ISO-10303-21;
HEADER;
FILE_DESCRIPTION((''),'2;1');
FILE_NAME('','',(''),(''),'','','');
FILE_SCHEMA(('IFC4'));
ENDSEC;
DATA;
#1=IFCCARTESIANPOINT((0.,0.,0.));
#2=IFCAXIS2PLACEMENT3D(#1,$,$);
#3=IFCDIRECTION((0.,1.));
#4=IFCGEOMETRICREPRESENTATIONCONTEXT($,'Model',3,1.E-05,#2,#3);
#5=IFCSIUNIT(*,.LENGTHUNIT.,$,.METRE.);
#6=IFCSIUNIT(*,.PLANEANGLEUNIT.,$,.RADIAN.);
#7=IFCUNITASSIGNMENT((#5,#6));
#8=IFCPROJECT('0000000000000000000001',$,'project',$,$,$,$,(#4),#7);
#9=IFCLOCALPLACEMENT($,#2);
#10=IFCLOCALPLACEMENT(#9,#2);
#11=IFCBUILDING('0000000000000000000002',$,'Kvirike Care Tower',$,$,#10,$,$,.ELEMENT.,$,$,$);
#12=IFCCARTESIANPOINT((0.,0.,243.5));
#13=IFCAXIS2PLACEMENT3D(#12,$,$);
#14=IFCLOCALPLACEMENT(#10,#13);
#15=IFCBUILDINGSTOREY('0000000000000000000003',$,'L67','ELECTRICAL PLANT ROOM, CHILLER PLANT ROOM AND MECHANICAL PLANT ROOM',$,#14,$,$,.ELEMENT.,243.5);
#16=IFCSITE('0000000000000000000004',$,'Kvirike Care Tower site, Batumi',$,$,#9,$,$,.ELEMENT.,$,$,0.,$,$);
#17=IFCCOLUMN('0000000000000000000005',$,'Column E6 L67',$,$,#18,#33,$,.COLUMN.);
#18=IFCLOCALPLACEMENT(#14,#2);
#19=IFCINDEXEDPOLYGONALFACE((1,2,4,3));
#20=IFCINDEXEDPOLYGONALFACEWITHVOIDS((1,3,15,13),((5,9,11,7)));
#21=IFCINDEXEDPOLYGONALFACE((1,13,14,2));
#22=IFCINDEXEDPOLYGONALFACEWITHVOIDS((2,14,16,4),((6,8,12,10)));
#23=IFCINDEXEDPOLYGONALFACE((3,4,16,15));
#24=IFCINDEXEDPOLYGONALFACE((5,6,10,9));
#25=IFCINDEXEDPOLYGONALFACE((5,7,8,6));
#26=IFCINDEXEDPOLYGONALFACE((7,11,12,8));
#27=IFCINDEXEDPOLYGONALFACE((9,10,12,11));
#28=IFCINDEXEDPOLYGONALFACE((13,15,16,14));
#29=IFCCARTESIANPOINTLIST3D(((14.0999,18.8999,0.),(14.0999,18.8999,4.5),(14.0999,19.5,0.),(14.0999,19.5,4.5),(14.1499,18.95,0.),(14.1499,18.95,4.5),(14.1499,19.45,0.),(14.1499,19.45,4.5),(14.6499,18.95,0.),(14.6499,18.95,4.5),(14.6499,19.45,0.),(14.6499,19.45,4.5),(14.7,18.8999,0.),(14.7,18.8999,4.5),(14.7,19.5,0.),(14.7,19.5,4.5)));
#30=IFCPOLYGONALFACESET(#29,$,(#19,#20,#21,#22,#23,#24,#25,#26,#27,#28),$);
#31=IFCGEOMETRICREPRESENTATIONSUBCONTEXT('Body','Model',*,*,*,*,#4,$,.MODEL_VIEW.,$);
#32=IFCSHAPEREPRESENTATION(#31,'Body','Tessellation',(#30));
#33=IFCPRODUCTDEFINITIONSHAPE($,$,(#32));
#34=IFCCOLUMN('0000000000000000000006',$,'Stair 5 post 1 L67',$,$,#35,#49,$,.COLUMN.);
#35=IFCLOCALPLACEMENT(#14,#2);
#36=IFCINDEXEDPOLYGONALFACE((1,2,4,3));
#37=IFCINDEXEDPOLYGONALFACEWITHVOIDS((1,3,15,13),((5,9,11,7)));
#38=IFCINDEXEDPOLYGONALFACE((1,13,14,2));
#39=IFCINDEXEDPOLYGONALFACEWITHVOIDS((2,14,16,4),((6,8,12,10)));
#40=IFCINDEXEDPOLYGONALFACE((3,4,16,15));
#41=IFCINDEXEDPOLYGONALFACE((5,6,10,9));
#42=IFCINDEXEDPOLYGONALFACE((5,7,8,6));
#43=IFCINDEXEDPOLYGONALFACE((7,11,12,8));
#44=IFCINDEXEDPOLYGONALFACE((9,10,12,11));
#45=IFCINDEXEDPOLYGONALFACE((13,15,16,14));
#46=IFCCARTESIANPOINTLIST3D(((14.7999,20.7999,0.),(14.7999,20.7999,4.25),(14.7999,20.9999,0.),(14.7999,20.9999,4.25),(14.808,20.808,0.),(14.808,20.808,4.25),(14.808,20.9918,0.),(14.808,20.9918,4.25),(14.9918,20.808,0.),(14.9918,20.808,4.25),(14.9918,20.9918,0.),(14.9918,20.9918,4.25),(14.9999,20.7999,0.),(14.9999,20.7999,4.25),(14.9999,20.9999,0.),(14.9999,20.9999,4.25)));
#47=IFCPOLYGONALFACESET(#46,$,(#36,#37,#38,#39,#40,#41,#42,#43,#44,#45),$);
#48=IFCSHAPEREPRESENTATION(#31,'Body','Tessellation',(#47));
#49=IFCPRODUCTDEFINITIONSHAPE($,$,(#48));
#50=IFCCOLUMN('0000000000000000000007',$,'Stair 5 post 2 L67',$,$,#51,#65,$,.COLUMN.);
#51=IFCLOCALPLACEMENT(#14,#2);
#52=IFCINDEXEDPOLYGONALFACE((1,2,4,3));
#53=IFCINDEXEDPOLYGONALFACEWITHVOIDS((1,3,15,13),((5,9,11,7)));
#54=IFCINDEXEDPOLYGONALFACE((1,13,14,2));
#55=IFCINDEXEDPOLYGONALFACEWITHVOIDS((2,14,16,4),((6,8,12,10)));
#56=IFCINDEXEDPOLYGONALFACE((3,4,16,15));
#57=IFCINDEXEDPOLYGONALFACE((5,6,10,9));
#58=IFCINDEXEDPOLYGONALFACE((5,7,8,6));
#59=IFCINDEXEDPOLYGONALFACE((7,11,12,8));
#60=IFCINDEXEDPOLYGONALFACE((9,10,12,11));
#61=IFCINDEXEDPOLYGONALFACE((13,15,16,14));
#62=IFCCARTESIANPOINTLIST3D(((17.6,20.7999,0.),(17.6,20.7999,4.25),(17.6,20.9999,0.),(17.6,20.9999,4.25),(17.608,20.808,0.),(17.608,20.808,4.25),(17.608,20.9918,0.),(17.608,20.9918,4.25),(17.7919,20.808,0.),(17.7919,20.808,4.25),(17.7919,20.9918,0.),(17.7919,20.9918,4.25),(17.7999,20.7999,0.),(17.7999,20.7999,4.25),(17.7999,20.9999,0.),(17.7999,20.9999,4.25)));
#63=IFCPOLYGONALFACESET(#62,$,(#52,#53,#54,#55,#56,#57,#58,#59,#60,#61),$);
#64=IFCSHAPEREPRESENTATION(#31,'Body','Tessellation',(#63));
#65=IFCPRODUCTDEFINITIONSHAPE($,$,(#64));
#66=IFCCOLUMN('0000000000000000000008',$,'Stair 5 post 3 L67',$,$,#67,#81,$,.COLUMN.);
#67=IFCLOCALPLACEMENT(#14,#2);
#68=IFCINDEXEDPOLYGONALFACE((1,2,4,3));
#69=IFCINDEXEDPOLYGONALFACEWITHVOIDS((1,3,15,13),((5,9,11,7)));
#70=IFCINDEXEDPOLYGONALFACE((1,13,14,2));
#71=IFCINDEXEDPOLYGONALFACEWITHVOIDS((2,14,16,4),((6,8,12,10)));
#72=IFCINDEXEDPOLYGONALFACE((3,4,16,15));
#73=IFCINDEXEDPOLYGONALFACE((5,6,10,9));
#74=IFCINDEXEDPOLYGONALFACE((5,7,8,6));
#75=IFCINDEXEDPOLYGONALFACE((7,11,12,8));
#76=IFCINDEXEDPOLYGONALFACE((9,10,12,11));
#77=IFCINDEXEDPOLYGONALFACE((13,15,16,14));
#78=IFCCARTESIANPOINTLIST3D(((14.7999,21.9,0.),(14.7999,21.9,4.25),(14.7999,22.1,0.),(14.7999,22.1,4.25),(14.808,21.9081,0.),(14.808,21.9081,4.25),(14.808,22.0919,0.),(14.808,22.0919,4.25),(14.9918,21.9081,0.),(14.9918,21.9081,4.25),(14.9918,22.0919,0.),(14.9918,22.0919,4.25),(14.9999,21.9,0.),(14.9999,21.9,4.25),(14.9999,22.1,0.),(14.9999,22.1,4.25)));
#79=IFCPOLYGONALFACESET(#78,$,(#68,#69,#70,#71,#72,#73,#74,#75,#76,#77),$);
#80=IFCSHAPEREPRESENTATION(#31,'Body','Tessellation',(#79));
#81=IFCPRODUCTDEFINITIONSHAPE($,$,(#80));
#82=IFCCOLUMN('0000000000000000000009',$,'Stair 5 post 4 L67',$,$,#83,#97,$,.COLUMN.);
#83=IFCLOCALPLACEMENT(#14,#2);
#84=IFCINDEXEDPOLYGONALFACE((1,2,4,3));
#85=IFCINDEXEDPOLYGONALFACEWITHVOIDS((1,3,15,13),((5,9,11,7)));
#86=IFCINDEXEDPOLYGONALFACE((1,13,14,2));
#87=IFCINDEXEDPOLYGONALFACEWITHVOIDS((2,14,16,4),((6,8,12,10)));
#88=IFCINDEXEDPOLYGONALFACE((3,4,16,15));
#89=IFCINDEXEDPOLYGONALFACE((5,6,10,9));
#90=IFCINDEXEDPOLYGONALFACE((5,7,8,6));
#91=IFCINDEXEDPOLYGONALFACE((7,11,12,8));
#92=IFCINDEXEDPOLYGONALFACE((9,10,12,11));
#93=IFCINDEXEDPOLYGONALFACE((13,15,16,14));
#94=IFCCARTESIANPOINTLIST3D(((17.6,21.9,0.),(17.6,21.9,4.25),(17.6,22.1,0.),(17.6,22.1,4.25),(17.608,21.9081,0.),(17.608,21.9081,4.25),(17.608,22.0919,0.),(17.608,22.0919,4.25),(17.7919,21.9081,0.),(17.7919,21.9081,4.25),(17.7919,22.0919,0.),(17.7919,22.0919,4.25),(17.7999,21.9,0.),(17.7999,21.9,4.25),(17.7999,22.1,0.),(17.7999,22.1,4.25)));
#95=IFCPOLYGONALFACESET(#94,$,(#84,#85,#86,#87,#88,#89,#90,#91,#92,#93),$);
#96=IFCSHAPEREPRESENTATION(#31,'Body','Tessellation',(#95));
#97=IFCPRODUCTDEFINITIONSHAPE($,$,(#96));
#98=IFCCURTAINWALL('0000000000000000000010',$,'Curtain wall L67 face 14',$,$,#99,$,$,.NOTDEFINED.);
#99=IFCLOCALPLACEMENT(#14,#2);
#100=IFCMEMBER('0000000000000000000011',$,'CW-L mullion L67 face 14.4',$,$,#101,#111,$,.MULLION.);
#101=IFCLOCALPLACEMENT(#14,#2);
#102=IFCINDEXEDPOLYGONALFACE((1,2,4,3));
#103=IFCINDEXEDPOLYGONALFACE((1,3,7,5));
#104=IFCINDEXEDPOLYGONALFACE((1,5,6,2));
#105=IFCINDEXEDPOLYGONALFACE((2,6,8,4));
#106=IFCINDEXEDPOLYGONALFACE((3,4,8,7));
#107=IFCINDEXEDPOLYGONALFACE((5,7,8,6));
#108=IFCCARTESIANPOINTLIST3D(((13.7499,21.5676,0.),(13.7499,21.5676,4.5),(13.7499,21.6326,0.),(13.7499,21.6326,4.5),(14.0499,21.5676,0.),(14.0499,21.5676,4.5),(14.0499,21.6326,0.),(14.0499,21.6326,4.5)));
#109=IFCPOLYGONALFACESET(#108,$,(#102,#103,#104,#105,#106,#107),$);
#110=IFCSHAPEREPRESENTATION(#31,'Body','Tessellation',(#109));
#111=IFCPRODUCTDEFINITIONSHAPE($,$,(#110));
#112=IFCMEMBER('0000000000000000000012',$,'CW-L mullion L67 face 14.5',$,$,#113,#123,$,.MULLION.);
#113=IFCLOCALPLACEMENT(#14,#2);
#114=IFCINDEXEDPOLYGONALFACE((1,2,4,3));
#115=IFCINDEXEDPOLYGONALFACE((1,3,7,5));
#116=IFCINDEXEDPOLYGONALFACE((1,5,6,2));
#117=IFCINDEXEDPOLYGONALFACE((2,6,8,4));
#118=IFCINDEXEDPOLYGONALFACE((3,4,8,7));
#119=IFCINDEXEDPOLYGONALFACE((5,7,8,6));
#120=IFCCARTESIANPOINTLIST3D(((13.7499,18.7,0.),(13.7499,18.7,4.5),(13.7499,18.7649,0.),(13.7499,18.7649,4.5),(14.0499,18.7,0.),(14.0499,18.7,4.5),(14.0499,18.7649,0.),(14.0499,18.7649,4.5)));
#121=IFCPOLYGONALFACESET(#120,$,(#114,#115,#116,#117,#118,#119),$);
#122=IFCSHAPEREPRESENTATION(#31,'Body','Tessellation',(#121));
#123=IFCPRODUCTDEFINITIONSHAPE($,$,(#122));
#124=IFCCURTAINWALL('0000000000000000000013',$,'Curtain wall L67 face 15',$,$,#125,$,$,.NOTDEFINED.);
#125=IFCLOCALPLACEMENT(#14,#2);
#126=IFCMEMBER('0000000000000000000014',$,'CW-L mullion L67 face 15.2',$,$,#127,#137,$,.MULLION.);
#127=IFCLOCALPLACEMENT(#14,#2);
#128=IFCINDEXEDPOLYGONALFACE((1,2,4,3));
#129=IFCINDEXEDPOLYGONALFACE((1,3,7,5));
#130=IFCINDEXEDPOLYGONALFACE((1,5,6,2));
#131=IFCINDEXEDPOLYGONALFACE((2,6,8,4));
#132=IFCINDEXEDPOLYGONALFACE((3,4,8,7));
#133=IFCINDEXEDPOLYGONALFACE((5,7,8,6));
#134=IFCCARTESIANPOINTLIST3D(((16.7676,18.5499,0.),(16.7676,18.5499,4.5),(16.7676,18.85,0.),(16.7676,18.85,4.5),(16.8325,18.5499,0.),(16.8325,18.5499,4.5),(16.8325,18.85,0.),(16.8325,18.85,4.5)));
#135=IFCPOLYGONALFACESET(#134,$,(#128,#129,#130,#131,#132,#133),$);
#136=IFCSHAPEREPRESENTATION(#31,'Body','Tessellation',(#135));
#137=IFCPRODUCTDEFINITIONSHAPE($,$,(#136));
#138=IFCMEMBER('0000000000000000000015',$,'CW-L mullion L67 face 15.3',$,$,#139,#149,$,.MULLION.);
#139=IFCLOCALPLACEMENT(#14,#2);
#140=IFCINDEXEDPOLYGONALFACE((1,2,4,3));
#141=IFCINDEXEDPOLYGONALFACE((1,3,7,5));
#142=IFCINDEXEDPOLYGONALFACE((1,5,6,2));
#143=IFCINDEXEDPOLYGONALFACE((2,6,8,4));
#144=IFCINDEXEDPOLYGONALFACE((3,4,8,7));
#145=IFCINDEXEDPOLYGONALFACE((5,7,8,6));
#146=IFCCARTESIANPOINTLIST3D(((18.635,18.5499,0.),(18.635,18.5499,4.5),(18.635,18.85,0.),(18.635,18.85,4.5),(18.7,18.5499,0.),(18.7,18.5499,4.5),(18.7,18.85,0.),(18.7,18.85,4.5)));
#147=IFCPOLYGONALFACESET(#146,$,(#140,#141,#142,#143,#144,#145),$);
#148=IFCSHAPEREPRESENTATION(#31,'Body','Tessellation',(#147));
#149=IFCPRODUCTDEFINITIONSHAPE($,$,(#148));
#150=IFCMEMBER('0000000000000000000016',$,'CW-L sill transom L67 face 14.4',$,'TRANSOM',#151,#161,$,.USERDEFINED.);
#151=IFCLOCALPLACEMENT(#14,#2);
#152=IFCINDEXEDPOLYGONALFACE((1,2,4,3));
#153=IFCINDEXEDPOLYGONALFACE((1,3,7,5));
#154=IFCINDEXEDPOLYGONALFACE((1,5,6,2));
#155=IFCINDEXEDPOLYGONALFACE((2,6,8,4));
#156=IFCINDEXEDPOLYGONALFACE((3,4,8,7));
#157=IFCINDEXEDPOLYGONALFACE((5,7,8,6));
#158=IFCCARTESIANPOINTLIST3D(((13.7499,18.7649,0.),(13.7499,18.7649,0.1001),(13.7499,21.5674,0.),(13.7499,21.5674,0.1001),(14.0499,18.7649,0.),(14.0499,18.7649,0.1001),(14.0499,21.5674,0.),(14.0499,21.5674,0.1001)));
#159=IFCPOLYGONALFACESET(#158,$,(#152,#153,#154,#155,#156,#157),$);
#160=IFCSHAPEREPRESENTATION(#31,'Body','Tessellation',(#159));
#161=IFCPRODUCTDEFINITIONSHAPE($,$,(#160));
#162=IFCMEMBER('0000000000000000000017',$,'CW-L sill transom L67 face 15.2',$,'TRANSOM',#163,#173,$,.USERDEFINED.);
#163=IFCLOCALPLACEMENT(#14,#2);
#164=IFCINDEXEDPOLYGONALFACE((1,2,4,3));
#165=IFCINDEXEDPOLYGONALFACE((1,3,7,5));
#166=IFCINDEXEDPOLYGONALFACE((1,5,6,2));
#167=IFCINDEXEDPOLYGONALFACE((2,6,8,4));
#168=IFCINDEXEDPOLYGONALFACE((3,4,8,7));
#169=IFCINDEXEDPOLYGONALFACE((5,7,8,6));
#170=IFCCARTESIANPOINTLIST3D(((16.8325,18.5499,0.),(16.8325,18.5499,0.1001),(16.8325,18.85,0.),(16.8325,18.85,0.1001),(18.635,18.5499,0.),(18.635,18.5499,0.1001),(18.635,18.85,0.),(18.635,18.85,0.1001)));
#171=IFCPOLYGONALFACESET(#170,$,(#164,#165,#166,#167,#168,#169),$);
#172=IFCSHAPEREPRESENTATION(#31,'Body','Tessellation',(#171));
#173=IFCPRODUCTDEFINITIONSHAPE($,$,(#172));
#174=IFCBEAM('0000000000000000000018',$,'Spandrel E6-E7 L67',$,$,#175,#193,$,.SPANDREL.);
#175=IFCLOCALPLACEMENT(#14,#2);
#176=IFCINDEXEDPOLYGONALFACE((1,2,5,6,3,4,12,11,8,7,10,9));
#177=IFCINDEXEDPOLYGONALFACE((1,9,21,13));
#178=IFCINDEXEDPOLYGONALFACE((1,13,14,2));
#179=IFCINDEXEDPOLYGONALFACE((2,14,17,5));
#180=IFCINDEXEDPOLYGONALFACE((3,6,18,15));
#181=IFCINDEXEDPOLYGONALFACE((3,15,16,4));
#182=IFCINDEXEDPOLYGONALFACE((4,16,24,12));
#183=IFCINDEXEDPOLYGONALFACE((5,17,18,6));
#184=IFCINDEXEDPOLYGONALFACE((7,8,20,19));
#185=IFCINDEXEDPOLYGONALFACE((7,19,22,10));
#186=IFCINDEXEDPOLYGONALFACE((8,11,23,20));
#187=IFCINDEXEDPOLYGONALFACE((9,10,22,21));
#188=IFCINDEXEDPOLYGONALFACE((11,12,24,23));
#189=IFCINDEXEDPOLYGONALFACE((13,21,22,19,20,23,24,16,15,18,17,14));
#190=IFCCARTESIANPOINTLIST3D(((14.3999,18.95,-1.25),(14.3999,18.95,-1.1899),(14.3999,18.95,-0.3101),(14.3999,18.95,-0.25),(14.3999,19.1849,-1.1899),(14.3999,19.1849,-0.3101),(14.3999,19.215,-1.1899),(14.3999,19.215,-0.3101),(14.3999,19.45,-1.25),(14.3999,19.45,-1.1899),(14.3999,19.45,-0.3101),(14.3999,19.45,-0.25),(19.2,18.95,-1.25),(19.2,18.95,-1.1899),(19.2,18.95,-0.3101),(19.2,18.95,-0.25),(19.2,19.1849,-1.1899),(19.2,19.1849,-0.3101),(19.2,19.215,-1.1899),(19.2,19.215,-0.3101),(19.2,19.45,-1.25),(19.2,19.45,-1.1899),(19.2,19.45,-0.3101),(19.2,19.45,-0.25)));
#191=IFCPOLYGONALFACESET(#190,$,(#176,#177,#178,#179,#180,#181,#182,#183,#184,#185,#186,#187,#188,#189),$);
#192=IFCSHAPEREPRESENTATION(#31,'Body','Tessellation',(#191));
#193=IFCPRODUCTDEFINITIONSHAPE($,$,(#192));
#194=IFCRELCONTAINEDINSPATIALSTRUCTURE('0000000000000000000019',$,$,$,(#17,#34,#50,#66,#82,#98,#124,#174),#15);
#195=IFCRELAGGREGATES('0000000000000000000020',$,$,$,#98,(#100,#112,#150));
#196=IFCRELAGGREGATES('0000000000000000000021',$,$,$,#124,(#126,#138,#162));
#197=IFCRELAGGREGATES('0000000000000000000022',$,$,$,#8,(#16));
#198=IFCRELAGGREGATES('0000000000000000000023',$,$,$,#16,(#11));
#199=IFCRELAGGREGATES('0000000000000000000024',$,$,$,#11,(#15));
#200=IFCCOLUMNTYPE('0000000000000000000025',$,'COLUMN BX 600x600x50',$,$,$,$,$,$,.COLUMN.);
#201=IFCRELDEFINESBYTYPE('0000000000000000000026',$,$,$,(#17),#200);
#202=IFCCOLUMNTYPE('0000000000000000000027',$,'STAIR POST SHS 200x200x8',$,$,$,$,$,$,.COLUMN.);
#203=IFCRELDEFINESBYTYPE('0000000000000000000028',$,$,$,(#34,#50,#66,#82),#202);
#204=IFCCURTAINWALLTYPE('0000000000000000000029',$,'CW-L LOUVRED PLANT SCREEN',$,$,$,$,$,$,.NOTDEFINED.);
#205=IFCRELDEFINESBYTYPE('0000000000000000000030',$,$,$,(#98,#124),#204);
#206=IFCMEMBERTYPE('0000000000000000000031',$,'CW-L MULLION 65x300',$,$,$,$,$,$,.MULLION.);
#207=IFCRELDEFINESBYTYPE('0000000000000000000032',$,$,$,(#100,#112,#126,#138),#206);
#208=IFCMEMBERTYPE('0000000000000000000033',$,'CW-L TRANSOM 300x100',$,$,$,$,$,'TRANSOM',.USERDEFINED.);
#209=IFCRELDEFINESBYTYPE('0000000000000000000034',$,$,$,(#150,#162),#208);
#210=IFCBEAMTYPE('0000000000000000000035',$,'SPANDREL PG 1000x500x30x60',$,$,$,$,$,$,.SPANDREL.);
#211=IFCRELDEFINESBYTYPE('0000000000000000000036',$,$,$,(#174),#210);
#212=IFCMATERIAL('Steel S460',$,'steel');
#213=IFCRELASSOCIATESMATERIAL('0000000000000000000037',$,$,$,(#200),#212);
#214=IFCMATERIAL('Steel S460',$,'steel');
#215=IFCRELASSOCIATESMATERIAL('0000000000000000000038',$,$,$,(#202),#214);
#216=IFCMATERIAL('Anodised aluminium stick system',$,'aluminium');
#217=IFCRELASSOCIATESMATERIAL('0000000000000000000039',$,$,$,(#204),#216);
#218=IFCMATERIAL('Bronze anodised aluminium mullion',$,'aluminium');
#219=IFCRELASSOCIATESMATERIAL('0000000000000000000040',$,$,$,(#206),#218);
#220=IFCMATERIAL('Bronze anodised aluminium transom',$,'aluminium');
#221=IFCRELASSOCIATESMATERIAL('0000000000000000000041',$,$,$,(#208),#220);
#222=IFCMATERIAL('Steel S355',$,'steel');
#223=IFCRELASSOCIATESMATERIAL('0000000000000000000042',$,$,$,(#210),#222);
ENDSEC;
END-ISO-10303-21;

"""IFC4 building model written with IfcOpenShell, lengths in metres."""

from ifc_helpers import new_model, si_unit, direction, frame, origin, origin_2d, place, context, subcontext, project, spatial, rectangle, hollow_rectangle, i_section, extrude, material, material_profile, profile_set, type_object, element, aggregate, save


model = new_model("IFC4")

# Units and contexts
model_context = context("Model", 3, precision=1e-05, world=origin(), true_north=direction((0.0, 1.0)))
body_context = subcontext(model_context, "Body", "Model", "MODEL_VIEW")
ifc_project = project(units=[si_unit("LENGTHUNIT", "METRE"), si_unit("PLANEANGLEUNIT", "RADIAN")], contexts=[model_context])

# Site, building, storey
site_placement = place(None, origin())
site = spatial("IfcSite", under=ifc_project, at=site_placement, Name="Kvirike Care Tower site, Batumi", CompositionType="ELEMENT", RefElevation=0.0)
building_placement = place(site_placement, origin())
building = spatial("IfcBuilding", under=site, at=building_placement, Name="Kvirike Care Tower", CompositionType="ELEMENT")
storey_placement = place(building_placement, frame((0.0, 0.0, 243.5)))
storey = spatial("IfcBuildingStorey", under=building, at=storey_placement, Name="L67", Description="ELECTRICAL PLANT ROOM, CHILLER PLANT ROOM AND MECHANICAL PLANT ROOM", CompositionType="ELEMENT", Elevation=243.5)

# Columns
ifc_material_1 = material(Name="Steel S460", Category="steel")
ifc_material_profile_1 = material_profile(ifc_material_1, hollow_rectangle(XDim=0.6001, YDim=0.6001, WallThickness=0.05, at=origin_2d()), Name="BX 600x600x50")
ifc_profile_set_1 = profile_set([ifc_material_profile_1], Name="Steel S460")
column_type_1 = type_object("IfcColumnType", Name="COLUMN BX 600x600x50", PredefinedType="COLUMN", material=ifc_profile_set_1)
column_placement = place(storey_placement, frame((14.3999, 19.2, 0.0), z_axis=(0.0, 0.0, 1.0), x_axis=(0.0, 1.0, 0.0)))
element("IfcColumn", 1, at=column_placement, inside=storey, type_object=column_type_1, Name="Column E6 L67", PredefinedType="COLUMN", context=body_context, shape_type="SweptSolid", body=[
    extrude(hollow_rectangle(XDim=0.6001, YDim=0.6001, WallThickness=0.05, at=origin_2d()), origin(), (0.0, 0.0, 1.0), 4.5),
])
ifc_material_2 = material(Name="Steel S460", Category="steel")
ifc_material_profile_2 = material_profile(ifc_material_2, hollow_rectangle(XDim=0.2, YDim=0.2, WallThickness=0.0081, at=origin_2d()), Name="SHS 200x200x8")
ifc_profile_set_2 = profile_set([ifc_material_profile_2], Name="Steel S460")
column_type_2 = type_object("IfcColumnType", Name="STAIR POST SHS 200x200x8", PredefinedType="COLUMN", material=ifc_profile_set_2)
for number, where, z_axis, x_axis, name in (
    (2, (14.8999, 20.8999, 0.0), (0.0, 0.0, 1.0), (1.0, 0.0, 0.0), "Stair 5 post 1 L67"),
    (3, (17.7, 20.8999, 0.0), (0.0, 0.0, 1.0), (1.0, 0.0, 0.0), "Stair 5 post 2 L67"),
    (4, (14.8999, 22.0, 0.0), (0.0, 0.0, 1.0), (1.0, 0.0, 0.0), "Stair 5 post 3 L67"),
    (5, (17.7, 22.0, 0.0), (0.0, 0.0, 1.0), (1.0, 0.0, 0.0), "Stair 5 post 4 L67"),
):
    element("IfcColumn", number, at=place(storey_placement, frame(where, z_axis=z_axis, x_axis=x_axis)), inside=storey, type_object=column_type_2, Name=name, PredefinedType="COLUMN", context=body_context, shape_type="SweptSolid", body=[
        extrude(hollow_rectangle(XDim=0.2, YDim=0.2, WallThickness=0.0081, at=origin_2d()), origin(), (0.0, 0.0, 1.0), 4.25),
    ])

# Curtain walls, members
ifc_material_3 = material(Name="Anodised aluminium stick system", Category="aluminium")
curtain_wall_type = type_object("IfcCurtainWallType", Name="CW-L LOUVRED PLANT SCREEN", PredefinedType="NOTDEFINED", material=ifc_material_3)
curtain_wall_1_placement = place(storey_placement, origin())
curtain_wall_1 = element("IfcCurtainWall", 6, at=curtain_wall_1_placement, inside=storey, type_object=curtain_wall_type, Name="Curtain wall L67 face 14", PredefinedType="NOTDEFINED")
ifc_material_4 = material(Name="Bronze anodised aluminium mullion", Category="aluminium")
ifc_material_profile_3 = material_profile(ifc_material_4, rectangle(XDim=0.0649, YDim=0.3, at=origin_2d()), Name="CW-L MULLION 65x300")
ifc_profile_set_3 = profile_set([ifc_material_profile_3], Name="Bronze anodised aluminium mullion")
member_type_1 = type_object("IfcMemberType", Name="CW-L MULLION 65x300", PredefinedType="MULLION", material=ifc_profile_set_3)
member_1_placement = place(storey_placement, frame((13.8999, 21.6001, 0.0), z_axis=(0.0, 0.0, 1.0), x_axis=(0.0, -1.0, 0.0)))
member_1 = element("IfcMember", 7, at=member_1_placement, type_object=member_type_1, Name="CW-L mullion L67 face 14.4", PredefinedType="MULLION", context=body_context, shape_type="SweptSolid", body=[
    extrude(rectangle(XDim=0.0649, YDim=0.3, at=origin_2d()), origin(), (0.0, 0.0, 1.0), 4.5),
])
member_2_placement = place(storey_placement, frame((13.8999, 18.7324, 0.0), z_axis=(0.0, 0.0, 1.0), x_axis=(0.0, -1.0, 0.0)))
member_2 = element("IfcMember", 8, at=member_2_placement, type_object=member_type_1, Name="CW-L mullion L67 face 14.5", PredefinedType="MULLION", context=body_context, shape_type="SweptSolid", body=[
    extrude(rectangle(XDim=0.0649, YDim=0.3, at=origin_2d()), origin(), (0.0, 0.0, 1.0), 4.5),
])
curtain_wall_2_placement = place(storey_placement, origin())
curtain_wall_2 = element("IfcCurtainWall", 9, at=curtain_wall_2_placement, inside=storey, type_object=curtain_wall_type, Name="Curtain wall L67 face 15", PredefinedType="NOTDEFINED")
member_3_placement = place(storey_placement, frame((16.8, 18.7, 0.0), z_axis=(0.0, 0.0, 1.0), x_axis=(1.0, 0.0, 0.0)))
member_3 = element("IfcMember", 10, at=member_3_placement, type_object=member_type_1, Name="CW-L mullion L67 face 15.2", PredefinedType="MULLION", context=body_context, shape_type="SweptSolid", body=[
    extrude(rectangle(XDim=0.0649, YDim=0.3, at=origin_2d()), origin(), (0.0, 0.0, 1.0), 4.5),
])
member_4_placement = place(storey_placement, frame((18.6675, 18.7, 0.0), z_axis=(0.0, 0.0, 1.0), x_axis=(1.0, 0.0, 0.0)))
member_4 = element("IfcMember", 11, at=member_4_placement, type_object=member_type_1, Name="CW-L mullion L67 face 15.3", PredefinedType="MULLION", context=body_context, shape_type="SweptSolid", body=[
    extrude(rectangle(XDim=0.0649, YDim=0.3, at=origin_2d()), origin(), (0.0, 0.0, 1.0), 4.5),
])

# Members
ifc_material_5 = material(Name="Bronze anodised aluminium transom", Category="aluminium")
ifc_material_profile_4 = material_profile(ifc_material_5, rectangle(XDim=0.3, YDim=0.1001, at=origin_2d()), Name="CW-L TRANSOM 300x100")
ifc_profile_set_4 = profile_set([ifc_material_profile_4], Name="Bronze anodised aluminium transom")
member_type_2 = type_object("IfcMemberType", Name="CW-L TRANSOM 300x100", ElementType="TRANSOM", PredefinedType="USERDEFINED", material=ifc_profile_set_4)
member_5_placement = place(storey_placement, frame((13.8999, 21.5674, 0.05), z_axis=(0.0, -1.0, 0.0), x_axis=(1.0, 0.0, 0.0)))
member_5 = element("IfcMember", 12, at=member_5_placement, type_object=member_type_2, Name="CW-L sill transom L67 face 14.4", ObjectType="TRANSOM", PredefinedType="USERDEFINED", context=body_context, shape_type="SweptSolid", body=[
    extrude(rectangle(XDim=0.3, YDim=0.1001, at=origin_2d()), origin(), (0.0, 0.0, 1.0), 2.8025),
])
member_6_placement = place(storey_placement, frame((16.8325, 18.7, 0.05), z_axis=(1.0, 0.0, 0.0), x_axis=(0.0, 1.0, 0.0)))
member_6 = element("IfcMember", 13, at=member_6_placement, type_object=member_type_2, Name="CW-L sill transom L67 face 15.2", ObjectType="TRANSOM", PredefinedType="USERDEFINED", context=body_context, shape_type="SweptSolid", body=[
    extrude(rectangle(XDim=0.3, YDim=0.1001, at=origin_2d()), origin(), (0.0, 0.0, 1.0), 1.8025),
])

# Beam
ifc_material_6 = material(Name="Steel S355", Category="steel")
ifc_material_profile_5 = material_profile(ifc_material_6, i_section(OverallWidth=0.5, OverallDepth=1.0, WebThickness=0.03, FlangeThickness=0.0601, at=origin_2d()), Name="PG 1000x500x30x60")
ifc_profile_set_5 = profile_set([ifc_material_profile_5], Name="Steel S355")
beam_type_1 = type_object("IfcBeamType", Name="SPANDREL PG 1000x500x30x60", PredefinedType="SPANDREL", material=ifc_profile_set_5)
for number, where, z_axis, x_axis, name in (
    (14, (14.3999, 19.2, -0.75), (1.0, 0.0, 0.0), (0.0, 1.0, 0.0), "Spandrel E6-E7 L67"),
):
    element("IfcBeam", number, at=place(storey_placement, frame(where, z_axis=z_axis, x_axis=x_axis)), inside=storey, type_object=beam_type_1, Name=name, PredefinedType="SPANDREL", context=body_context, shape_type="SweptSolid", body=[
        extrude(i_section(OverallWidth=0.5, OverallDepth=1.0, WebThickness=0.03, FlangeThickness=0.0601, at=origin_2d()), origin(), (0.0, 0.0, 1.0), 4.8),
    ])

aggregate(curtain_wall_1, [member_1, member_2, member_5])
aggregate(curtain_wall_2, [member_3, member_4, member_6])

save(model, "model.ifc")
